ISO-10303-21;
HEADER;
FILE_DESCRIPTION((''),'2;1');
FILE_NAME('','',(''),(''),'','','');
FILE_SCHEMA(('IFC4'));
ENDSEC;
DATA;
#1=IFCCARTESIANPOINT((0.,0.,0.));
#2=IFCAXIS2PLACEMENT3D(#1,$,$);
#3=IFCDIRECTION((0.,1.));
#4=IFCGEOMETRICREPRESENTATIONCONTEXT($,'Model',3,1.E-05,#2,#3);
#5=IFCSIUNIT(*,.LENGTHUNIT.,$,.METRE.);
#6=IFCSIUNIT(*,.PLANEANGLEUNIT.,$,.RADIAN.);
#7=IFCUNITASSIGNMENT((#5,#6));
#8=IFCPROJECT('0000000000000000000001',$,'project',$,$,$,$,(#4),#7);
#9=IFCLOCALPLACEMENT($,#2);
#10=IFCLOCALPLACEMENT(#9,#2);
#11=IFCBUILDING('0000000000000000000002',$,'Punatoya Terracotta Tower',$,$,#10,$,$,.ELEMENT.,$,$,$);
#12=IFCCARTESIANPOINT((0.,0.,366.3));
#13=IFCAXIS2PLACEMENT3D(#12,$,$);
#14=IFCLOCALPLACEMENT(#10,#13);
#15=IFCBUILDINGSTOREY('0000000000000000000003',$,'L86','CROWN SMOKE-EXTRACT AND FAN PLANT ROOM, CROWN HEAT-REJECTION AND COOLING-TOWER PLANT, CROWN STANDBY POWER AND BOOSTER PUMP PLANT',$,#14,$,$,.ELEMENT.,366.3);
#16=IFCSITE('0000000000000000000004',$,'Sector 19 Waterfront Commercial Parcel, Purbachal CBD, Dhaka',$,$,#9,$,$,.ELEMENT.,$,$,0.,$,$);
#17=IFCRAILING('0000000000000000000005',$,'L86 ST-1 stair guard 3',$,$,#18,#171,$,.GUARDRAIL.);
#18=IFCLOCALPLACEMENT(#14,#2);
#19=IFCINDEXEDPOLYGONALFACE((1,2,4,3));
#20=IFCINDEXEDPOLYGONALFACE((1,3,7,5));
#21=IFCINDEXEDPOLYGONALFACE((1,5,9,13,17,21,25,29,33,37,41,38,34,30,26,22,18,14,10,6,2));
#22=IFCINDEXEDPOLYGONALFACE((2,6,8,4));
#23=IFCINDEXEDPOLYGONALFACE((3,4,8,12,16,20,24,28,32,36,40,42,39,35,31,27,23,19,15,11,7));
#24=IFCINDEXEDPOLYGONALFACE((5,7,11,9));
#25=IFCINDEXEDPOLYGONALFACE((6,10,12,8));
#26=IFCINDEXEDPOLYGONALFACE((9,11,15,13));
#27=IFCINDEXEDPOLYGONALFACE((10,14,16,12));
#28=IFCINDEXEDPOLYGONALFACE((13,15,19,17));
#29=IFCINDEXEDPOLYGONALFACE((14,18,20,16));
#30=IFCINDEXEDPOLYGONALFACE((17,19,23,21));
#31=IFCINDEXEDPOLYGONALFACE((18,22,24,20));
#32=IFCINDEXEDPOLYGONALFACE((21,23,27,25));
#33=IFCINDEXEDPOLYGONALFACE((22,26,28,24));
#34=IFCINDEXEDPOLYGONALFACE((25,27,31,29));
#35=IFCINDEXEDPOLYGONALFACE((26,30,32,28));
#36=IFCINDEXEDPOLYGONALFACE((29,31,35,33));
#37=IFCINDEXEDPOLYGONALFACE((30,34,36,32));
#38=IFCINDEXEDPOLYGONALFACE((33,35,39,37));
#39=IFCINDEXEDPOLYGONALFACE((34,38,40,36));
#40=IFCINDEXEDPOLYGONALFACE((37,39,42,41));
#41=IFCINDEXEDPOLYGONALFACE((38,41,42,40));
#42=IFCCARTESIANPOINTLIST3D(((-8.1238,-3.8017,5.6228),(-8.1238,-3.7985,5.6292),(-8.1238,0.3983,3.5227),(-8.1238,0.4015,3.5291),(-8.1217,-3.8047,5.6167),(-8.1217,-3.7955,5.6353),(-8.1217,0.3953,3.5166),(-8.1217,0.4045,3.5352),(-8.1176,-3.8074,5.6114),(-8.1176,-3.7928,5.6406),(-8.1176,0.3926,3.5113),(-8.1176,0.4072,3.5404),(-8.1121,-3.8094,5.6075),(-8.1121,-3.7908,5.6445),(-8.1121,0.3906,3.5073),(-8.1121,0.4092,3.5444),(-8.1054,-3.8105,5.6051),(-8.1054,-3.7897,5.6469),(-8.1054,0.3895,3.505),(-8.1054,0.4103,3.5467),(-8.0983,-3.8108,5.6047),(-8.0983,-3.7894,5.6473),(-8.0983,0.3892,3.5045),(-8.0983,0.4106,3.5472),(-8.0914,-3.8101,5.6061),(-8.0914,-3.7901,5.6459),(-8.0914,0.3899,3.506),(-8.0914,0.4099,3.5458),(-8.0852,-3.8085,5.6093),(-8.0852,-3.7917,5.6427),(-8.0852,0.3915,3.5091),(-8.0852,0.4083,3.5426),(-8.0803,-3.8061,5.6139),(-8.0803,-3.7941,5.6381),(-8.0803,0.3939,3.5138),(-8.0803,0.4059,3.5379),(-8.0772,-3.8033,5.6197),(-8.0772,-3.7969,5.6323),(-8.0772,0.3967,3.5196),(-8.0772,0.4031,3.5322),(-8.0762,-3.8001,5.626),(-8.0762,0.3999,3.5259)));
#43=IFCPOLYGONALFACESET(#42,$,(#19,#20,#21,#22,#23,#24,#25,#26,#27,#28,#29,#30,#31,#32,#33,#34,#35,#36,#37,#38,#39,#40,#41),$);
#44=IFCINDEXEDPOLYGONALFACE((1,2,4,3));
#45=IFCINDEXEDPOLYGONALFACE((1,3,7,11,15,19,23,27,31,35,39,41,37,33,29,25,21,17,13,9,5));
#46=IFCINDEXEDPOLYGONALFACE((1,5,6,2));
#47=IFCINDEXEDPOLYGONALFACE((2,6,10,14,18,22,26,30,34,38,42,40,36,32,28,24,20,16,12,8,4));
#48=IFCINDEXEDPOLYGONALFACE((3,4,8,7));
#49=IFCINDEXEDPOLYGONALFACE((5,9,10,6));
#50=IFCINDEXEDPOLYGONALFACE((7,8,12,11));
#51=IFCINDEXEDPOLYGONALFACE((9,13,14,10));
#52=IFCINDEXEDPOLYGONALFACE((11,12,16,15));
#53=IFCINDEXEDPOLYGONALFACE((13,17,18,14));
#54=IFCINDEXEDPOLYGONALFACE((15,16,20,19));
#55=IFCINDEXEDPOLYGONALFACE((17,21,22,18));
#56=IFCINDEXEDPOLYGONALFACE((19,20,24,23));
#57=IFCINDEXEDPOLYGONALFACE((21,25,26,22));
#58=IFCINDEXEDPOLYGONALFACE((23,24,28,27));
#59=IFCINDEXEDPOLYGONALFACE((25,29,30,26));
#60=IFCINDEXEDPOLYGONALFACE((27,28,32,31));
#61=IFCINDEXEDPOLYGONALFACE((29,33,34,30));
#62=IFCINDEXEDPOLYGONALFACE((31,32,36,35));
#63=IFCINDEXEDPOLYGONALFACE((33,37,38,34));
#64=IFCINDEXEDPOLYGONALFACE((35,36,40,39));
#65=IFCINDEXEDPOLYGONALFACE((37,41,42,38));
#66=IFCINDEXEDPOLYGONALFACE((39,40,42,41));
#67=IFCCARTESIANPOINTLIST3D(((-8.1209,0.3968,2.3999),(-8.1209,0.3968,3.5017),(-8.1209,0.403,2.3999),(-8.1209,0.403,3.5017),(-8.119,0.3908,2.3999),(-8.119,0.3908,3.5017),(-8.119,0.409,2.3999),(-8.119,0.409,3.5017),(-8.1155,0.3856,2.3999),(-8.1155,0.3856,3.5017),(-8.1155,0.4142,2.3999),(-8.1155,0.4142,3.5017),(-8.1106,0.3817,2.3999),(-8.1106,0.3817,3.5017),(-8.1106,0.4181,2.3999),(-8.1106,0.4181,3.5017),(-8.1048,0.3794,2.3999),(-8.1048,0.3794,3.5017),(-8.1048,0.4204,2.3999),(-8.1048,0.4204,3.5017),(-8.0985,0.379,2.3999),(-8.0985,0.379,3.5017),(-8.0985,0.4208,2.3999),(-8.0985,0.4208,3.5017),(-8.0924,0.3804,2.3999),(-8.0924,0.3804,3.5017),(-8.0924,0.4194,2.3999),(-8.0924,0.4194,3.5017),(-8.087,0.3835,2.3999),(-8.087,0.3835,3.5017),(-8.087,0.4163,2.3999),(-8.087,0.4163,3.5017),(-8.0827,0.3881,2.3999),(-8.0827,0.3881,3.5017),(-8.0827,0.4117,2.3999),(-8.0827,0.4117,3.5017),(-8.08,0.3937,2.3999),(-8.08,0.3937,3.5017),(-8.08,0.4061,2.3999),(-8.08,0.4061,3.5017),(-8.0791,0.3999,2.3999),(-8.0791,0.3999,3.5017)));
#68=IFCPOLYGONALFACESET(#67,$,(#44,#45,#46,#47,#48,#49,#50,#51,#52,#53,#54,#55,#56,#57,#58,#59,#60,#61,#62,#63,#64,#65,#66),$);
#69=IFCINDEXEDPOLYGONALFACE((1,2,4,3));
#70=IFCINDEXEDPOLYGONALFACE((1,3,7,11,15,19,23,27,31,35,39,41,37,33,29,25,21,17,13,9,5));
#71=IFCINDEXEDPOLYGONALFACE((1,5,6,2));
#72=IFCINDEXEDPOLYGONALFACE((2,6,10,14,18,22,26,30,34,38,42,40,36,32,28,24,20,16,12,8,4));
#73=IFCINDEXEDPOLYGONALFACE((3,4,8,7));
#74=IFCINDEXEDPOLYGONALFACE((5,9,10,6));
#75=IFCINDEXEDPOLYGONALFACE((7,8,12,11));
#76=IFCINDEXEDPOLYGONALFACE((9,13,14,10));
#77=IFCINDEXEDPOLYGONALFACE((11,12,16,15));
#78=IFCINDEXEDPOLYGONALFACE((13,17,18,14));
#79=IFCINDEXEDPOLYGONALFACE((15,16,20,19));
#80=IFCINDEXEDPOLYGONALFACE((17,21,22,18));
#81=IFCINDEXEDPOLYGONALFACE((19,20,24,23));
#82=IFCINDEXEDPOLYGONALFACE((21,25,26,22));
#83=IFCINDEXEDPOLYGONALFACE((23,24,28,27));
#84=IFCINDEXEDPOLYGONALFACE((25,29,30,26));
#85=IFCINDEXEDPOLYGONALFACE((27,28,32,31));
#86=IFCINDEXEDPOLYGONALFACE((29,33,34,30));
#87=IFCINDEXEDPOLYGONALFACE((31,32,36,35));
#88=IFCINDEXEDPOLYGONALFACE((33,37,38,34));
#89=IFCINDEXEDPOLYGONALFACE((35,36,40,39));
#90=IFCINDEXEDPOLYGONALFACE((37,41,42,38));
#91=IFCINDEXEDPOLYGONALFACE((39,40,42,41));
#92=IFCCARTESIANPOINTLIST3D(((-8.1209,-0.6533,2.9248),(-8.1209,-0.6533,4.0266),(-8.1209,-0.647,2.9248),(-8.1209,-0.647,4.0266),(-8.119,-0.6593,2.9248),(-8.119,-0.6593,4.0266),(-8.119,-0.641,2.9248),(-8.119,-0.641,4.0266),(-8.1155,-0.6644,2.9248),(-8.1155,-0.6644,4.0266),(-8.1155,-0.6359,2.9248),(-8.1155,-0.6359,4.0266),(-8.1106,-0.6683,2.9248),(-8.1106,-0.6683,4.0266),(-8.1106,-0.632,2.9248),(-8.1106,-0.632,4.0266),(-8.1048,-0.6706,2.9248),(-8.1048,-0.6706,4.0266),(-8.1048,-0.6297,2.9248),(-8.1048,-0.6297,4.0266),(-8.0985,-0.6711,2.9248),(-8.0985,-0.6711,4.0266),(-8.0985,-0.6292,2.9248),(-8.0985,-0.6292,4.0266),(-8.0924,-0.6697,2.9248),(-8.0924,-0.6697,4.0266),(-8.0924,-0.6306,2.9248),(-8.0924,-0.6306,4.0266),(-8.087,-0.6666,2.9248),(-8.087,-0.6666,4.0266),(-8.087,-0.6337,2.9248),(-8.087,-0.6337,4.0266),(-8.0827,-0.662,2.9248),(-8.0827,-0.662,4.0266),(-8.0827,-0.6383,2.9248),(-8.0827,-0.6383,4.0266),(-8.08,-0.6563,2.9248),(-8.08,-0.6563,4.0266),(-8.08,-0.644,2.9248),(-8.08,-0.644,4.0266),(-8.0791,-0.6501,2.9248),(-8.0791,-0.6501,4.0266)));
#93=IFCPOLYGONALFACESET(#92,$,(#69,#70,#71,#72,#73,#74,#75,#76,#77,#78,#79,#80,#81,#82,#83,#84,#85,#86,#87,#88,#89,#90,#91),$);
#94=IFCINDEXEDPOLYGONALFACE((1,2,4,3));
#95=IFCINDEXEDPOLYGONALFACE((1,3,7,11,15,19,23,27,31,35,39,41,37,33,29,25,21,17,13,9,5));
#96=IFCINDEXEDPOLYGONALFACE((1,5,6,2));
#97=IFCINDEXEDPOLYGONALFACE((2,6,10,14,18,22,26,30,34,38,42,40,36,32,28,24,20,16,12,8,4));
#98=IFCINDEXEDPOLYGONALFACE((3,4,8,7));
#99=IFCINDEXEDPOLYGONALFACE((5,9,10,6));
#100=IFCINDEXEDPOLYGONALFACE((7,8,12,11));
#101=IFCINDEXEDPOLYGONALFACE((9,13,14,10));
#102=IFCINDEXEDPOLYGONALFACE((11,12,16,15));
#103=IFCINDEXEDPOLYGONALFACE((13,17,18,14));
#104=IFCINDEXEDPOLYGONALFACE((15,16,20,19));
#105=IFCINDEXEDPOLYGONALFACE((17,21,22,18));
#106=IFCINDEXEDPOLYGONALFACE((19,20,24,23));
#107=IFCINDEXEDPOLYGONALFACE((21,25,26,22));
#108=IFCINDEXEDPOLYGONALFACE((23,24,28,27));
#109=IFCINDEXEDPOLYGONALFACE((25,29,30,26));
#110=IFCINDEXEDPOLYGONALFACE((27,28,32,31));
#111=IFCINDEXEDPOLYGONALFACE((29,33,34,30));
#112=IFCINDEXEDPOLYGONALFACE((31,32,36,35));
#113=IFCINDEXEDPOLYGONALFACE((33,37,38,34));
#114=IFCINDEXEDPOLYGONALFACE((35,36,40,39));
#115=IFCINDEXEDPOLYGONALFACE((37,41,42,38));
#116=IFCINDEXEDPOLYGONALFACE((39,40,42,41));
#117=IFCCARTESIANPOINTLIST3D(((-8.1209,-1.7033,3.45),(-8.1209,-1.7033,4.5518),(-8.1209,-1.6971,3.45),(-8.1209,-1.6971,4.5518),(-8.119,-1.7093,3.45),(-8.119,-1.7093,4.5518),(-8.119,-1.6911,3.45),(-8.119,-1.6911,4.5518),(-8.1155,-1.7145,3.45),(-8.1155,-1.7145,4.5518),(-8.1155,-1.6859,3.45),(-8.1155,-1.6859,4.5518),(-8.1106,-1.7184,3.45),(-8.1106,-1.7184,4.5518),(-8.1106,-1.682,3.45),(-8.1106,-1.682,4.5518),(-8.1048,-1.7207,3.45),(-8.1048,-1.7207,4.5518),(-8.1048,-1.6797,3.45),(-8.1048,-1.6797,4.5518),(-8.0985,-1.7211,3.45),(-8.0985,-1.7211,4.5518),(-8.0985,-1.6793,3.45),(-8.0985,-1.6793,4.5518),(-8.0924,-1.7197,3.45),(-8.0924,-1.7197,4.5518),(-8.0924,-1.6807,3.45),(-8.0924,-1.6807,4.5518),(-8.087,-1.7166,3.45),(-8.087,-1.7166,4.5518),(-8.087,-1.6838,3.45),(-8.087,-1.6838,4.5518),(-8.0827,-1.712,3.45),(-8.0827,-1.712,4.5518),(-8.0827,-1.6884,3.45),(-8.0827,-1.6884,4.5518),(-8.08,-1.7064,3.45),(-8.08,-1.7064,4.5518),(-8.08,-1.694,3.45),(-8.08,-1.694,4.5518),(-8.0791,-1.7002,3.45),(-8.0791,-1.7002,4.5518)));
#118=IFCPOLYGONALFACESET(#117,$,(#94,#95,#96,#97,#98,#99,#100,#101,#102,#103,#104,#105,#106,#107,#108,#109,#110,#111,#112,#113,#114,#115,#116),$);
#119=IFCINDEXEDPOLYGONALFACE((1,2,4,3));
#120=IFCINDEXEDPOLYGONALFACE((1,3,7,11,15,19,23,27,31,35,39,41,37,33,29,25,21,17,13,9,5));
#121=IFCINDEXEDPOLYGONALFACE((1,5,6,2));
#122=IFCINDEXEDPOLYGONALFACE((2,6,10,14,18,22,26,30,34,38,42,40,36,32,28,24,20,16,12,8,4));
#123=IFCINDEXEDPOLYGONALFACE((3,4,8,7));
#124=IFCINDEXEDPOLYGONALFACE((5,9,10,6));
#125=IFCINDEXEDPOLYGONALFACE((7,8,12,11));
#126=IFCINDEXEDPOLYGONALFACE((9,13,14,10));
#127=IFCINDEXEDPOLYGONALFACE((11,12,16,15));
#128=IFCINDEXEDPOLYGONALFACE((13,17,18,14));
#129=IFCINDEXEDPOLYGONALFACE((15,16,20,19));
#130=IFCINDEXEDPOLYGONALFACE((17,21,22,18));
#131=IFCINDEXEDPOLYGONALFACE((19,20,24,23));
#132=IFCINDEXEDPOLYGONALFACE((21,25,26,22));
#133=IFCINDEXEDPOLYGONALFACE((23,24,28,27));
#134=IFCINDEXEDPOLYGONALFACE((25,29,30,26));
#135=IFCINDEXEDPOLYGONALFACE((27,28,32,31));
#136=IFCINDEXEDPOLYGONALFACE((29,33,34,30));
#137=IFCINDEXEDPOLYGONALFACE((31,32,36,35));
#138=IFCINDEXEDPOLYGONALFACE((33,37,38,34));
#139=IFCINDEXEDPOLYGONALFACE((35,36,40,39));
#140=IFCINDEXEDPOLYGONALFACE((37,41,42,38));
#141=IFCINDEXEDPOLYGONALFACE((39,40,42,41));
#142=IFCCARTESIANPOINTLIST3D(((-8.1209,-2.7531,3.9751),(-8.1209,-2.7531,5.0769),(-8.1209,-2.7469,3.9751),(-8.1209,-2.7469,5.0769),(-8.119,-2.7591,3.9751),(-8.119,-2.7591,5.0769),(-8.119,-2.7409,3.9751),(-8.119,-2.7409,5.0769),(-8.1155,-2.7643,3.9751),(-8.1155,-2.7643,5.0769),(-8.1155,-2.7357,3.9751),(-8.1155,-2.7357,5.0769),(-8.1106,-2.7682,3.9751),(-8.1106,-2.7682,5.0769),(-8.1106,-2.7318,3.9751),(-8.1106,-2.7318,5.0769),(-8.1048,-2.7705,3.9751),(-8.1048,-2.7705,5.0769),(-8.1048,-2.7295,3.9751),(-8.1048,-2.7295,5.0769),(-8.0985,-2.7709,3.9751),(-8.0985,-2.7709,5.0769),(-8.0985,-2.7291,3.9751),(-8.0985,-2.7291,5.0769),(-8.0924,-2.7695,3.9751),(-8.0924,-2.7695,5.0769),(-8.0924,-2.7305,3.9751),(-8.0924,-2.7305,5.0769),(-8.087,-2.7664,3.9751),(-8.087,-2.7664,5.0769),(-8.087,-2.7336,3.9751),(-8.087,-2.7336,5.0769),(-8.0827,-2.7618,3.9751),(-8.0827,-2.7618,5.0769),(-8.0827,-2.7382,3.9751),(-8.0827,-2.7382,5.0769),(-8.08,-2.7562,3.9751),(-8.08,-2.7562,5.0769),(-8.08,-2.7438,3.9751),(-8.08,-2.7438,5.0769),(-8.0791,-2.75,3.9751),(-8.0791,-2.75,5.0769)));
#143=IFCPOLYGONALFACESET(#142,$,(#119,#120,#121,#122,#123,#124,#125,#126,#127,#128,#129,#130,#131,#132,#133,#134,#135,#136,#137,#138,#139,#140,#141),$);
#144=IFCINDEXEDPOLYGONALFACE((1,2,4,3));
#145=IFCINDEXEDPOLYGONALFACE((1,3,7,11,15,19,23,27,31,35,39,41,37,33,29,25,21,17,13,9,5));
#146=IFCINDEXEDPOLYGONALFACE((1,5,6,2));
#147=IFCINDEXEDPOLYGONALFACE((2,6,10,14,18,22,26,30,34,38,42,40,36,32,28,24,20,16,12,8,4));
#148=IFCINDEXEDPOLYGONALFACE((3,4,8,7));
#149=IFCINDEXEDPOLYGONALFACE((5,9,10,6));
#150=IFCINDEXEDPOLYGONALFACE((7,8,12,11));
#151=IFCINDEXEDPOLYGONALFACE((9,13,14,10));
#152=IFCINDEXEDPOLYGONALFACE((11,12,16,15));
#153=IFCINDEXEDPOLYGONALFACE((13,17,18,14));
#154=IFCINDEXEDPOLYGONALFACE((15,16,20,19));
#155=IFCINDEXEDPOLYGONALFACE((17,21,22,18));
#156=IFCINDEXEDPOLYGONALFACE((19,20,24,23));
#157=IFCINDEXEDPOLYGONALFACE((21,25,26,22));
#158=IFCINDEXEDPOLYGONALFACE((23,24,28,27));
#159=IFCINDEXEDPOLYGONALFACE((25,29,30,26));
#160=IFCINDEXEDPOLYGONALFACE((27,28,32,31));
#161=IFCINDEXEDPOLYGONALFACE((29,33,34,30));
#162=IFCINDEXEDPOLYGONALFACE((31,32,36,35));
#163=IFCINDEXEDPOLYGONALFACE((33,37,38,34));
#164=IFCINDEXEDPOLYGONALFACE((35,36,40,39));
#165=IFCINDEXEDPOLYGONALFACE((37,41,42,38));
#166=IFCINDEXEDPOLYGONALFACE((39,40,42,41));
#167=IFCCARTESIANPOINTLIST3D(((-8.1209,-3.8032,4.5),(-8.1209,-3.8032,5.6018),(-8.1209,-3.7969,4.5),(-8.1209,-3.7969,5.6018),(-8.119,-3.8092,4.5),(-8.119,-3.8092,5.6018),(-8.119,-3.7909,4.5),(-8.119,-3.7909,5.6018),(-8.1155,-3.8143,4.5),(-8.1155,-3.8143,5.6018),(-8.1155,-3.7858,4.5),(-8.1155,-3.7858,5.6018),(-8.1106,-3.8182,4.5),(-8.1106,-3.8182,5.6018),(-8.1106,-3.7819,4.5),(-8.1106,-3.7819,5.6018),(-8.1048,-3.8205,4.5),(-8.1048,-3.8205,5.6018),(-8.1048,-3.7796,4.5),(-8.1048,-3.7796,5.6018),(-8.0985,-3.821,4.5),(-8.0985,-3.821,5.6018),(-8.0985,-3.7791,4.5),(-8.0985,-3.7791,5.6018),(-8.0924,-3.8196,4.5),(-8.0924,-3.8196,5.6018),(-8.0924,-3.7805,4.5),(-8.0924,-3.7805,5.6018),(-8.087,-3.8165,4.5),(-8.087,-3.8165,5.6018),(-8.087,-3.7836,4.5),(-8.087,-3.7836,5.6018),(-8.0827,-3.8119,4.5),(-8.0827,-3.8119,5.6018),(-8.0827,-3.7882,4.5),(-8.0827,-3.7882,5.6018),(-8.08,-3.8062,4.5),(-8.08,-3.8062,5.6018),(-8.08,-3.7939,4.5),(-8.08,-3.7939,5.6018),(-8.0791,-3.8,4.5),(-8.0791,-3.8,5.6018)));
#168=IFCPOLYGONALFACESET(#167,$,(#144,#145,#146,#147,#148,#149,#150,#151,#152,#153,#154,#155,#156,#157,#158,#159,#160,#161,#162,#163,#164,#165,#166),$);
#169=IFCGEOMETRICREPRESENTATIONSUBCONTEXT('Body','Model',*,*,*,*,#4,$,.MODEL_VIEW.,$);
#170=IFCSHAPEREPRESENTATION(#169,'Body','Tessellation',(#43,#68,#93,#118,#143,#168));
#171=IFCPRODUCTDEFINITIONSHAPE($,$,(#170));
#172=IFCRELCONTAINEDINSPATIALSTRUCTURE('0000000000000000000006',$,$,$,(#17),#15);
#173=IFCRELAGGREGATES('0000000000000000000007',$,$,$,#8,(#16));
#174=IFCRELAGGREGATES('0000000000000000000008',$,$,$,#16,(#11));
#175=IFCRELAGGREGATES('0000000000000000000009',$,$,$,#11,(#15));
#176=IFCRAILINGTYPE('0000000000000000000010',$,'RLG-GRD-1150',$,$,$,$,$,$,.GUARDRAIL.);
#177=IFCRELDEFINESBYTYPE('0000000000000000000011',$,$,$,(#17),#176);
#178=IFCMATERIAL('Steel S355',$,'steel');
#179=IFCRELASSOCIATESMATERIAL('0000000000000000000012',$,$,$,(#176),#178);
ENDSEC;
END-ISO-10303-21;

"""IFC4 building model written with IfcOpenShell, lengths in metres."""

from ifc_helpers import new_model, si_unit, direction, frame, origin, origin_2d, place, context, subcontext, project, spatial, circle, extrude, material, type_object, element, save


model = new_model("IFC4")

# Units and contexts
model_context = context("Model", 3, precision=1e-05, world=origin(), true_north=direction((0.0, 1.0)))
body_context = subcontext(model_context, "Body", "Model", "MODEL_VIEW")
ifc_project = project(units=[si_unit("LENGTHUNIT", "METRE"), si_unit("PLANEANGLEUNIT", "RADIAN")], contexts=[model_context])

# Site, building, storey
site_placement = place(None, origin())
site = spatial("IfcSite", under=ifc_project, at=site_placement, Name="Sector 19 Waterfront Commercial Parcel, Purbachal CBD, Dhaka", CompositionType="ELEMENT", RefElevation=0.0)
building_placement = place(site_placement, origin())
building = spatial("IfcBuilding", under=site, at=building_placement, Name="Punatoya Terracotta Tower", CompositionType="ELEMENT")
storey_placement = place(building_placement, frame((0.0, 0.0, 366.3)))
storey = spatial("IfcBuildingStorey", under=building, at=storey_placement, Name="L86", Description="CROWN SMOKE-EXTRACT AND FAN PLANT ROOM, CROWN HEAT-REJECTION AND COOLING-TOWER PLANT, CROWN STANDBY POWER AND BOOSTER PUMP PLANT", CompositionType="ELEMENT", Elevation=366.3)

# Shared definitions
ifc_material_1 = material(Name="Steel S355", Category="steel")

# Railing
railing_type_1 = type_object("IfcRailingType", Name="RLG-GRD-1150", PredefinedType="GUARDRAIL", material=ifc_material_1)
railing_1_placement = place(storey_placement, frame((-8.1001, 0.3999, 2.3999)))
element("IfcRailing", 1, at=railing_1_placement, inside=storey, type_object=railing_type_1, Name="L86 ST-1 stair guard 3", PredefinedType="GUARDRAIL", context=body_context, shape_type="SweptSolid", body=[
    extrude(circle(Radius=0.0239, at=origin_2d()), frame((0.0, 0.0, 1.126), z_axis=(0.0, -0.894417, 0.447234), x_axis=(1.0, 0.0, 0.0)), (0.0, 0.0, 1.0), 4.6958),
    extrude(circle(Radius=0.021, at=origin_2d()), origin(), (0.0, 0.0, 1.0), 1.1018),
    extrude(circle(Radius=0.021, at=origin_2d()), frame((0.0, -1.05, 0.5249)), (0.0, 0.0, 1.0), 1.1018),
    extrude(circle(Radius=0.021, at=origin_2d()), frame((0.0, -2.1001, 1.05)), (0.0, 0.0, 1.0), 1.1018),
    extrude(circle(Radius=0.021, at=origin_2d()), frame((0.0, -3.1499, 1.5752)), (0.0, 0.0, 1.0), 1.1018),
    extrude(circle(Radius=0.021, at=origin_2d()), frame((0.0, -4.2, 2.1001)), (0.0, 0.0, 1.0), 1.1018),
])

save(model, "model.ifc")
